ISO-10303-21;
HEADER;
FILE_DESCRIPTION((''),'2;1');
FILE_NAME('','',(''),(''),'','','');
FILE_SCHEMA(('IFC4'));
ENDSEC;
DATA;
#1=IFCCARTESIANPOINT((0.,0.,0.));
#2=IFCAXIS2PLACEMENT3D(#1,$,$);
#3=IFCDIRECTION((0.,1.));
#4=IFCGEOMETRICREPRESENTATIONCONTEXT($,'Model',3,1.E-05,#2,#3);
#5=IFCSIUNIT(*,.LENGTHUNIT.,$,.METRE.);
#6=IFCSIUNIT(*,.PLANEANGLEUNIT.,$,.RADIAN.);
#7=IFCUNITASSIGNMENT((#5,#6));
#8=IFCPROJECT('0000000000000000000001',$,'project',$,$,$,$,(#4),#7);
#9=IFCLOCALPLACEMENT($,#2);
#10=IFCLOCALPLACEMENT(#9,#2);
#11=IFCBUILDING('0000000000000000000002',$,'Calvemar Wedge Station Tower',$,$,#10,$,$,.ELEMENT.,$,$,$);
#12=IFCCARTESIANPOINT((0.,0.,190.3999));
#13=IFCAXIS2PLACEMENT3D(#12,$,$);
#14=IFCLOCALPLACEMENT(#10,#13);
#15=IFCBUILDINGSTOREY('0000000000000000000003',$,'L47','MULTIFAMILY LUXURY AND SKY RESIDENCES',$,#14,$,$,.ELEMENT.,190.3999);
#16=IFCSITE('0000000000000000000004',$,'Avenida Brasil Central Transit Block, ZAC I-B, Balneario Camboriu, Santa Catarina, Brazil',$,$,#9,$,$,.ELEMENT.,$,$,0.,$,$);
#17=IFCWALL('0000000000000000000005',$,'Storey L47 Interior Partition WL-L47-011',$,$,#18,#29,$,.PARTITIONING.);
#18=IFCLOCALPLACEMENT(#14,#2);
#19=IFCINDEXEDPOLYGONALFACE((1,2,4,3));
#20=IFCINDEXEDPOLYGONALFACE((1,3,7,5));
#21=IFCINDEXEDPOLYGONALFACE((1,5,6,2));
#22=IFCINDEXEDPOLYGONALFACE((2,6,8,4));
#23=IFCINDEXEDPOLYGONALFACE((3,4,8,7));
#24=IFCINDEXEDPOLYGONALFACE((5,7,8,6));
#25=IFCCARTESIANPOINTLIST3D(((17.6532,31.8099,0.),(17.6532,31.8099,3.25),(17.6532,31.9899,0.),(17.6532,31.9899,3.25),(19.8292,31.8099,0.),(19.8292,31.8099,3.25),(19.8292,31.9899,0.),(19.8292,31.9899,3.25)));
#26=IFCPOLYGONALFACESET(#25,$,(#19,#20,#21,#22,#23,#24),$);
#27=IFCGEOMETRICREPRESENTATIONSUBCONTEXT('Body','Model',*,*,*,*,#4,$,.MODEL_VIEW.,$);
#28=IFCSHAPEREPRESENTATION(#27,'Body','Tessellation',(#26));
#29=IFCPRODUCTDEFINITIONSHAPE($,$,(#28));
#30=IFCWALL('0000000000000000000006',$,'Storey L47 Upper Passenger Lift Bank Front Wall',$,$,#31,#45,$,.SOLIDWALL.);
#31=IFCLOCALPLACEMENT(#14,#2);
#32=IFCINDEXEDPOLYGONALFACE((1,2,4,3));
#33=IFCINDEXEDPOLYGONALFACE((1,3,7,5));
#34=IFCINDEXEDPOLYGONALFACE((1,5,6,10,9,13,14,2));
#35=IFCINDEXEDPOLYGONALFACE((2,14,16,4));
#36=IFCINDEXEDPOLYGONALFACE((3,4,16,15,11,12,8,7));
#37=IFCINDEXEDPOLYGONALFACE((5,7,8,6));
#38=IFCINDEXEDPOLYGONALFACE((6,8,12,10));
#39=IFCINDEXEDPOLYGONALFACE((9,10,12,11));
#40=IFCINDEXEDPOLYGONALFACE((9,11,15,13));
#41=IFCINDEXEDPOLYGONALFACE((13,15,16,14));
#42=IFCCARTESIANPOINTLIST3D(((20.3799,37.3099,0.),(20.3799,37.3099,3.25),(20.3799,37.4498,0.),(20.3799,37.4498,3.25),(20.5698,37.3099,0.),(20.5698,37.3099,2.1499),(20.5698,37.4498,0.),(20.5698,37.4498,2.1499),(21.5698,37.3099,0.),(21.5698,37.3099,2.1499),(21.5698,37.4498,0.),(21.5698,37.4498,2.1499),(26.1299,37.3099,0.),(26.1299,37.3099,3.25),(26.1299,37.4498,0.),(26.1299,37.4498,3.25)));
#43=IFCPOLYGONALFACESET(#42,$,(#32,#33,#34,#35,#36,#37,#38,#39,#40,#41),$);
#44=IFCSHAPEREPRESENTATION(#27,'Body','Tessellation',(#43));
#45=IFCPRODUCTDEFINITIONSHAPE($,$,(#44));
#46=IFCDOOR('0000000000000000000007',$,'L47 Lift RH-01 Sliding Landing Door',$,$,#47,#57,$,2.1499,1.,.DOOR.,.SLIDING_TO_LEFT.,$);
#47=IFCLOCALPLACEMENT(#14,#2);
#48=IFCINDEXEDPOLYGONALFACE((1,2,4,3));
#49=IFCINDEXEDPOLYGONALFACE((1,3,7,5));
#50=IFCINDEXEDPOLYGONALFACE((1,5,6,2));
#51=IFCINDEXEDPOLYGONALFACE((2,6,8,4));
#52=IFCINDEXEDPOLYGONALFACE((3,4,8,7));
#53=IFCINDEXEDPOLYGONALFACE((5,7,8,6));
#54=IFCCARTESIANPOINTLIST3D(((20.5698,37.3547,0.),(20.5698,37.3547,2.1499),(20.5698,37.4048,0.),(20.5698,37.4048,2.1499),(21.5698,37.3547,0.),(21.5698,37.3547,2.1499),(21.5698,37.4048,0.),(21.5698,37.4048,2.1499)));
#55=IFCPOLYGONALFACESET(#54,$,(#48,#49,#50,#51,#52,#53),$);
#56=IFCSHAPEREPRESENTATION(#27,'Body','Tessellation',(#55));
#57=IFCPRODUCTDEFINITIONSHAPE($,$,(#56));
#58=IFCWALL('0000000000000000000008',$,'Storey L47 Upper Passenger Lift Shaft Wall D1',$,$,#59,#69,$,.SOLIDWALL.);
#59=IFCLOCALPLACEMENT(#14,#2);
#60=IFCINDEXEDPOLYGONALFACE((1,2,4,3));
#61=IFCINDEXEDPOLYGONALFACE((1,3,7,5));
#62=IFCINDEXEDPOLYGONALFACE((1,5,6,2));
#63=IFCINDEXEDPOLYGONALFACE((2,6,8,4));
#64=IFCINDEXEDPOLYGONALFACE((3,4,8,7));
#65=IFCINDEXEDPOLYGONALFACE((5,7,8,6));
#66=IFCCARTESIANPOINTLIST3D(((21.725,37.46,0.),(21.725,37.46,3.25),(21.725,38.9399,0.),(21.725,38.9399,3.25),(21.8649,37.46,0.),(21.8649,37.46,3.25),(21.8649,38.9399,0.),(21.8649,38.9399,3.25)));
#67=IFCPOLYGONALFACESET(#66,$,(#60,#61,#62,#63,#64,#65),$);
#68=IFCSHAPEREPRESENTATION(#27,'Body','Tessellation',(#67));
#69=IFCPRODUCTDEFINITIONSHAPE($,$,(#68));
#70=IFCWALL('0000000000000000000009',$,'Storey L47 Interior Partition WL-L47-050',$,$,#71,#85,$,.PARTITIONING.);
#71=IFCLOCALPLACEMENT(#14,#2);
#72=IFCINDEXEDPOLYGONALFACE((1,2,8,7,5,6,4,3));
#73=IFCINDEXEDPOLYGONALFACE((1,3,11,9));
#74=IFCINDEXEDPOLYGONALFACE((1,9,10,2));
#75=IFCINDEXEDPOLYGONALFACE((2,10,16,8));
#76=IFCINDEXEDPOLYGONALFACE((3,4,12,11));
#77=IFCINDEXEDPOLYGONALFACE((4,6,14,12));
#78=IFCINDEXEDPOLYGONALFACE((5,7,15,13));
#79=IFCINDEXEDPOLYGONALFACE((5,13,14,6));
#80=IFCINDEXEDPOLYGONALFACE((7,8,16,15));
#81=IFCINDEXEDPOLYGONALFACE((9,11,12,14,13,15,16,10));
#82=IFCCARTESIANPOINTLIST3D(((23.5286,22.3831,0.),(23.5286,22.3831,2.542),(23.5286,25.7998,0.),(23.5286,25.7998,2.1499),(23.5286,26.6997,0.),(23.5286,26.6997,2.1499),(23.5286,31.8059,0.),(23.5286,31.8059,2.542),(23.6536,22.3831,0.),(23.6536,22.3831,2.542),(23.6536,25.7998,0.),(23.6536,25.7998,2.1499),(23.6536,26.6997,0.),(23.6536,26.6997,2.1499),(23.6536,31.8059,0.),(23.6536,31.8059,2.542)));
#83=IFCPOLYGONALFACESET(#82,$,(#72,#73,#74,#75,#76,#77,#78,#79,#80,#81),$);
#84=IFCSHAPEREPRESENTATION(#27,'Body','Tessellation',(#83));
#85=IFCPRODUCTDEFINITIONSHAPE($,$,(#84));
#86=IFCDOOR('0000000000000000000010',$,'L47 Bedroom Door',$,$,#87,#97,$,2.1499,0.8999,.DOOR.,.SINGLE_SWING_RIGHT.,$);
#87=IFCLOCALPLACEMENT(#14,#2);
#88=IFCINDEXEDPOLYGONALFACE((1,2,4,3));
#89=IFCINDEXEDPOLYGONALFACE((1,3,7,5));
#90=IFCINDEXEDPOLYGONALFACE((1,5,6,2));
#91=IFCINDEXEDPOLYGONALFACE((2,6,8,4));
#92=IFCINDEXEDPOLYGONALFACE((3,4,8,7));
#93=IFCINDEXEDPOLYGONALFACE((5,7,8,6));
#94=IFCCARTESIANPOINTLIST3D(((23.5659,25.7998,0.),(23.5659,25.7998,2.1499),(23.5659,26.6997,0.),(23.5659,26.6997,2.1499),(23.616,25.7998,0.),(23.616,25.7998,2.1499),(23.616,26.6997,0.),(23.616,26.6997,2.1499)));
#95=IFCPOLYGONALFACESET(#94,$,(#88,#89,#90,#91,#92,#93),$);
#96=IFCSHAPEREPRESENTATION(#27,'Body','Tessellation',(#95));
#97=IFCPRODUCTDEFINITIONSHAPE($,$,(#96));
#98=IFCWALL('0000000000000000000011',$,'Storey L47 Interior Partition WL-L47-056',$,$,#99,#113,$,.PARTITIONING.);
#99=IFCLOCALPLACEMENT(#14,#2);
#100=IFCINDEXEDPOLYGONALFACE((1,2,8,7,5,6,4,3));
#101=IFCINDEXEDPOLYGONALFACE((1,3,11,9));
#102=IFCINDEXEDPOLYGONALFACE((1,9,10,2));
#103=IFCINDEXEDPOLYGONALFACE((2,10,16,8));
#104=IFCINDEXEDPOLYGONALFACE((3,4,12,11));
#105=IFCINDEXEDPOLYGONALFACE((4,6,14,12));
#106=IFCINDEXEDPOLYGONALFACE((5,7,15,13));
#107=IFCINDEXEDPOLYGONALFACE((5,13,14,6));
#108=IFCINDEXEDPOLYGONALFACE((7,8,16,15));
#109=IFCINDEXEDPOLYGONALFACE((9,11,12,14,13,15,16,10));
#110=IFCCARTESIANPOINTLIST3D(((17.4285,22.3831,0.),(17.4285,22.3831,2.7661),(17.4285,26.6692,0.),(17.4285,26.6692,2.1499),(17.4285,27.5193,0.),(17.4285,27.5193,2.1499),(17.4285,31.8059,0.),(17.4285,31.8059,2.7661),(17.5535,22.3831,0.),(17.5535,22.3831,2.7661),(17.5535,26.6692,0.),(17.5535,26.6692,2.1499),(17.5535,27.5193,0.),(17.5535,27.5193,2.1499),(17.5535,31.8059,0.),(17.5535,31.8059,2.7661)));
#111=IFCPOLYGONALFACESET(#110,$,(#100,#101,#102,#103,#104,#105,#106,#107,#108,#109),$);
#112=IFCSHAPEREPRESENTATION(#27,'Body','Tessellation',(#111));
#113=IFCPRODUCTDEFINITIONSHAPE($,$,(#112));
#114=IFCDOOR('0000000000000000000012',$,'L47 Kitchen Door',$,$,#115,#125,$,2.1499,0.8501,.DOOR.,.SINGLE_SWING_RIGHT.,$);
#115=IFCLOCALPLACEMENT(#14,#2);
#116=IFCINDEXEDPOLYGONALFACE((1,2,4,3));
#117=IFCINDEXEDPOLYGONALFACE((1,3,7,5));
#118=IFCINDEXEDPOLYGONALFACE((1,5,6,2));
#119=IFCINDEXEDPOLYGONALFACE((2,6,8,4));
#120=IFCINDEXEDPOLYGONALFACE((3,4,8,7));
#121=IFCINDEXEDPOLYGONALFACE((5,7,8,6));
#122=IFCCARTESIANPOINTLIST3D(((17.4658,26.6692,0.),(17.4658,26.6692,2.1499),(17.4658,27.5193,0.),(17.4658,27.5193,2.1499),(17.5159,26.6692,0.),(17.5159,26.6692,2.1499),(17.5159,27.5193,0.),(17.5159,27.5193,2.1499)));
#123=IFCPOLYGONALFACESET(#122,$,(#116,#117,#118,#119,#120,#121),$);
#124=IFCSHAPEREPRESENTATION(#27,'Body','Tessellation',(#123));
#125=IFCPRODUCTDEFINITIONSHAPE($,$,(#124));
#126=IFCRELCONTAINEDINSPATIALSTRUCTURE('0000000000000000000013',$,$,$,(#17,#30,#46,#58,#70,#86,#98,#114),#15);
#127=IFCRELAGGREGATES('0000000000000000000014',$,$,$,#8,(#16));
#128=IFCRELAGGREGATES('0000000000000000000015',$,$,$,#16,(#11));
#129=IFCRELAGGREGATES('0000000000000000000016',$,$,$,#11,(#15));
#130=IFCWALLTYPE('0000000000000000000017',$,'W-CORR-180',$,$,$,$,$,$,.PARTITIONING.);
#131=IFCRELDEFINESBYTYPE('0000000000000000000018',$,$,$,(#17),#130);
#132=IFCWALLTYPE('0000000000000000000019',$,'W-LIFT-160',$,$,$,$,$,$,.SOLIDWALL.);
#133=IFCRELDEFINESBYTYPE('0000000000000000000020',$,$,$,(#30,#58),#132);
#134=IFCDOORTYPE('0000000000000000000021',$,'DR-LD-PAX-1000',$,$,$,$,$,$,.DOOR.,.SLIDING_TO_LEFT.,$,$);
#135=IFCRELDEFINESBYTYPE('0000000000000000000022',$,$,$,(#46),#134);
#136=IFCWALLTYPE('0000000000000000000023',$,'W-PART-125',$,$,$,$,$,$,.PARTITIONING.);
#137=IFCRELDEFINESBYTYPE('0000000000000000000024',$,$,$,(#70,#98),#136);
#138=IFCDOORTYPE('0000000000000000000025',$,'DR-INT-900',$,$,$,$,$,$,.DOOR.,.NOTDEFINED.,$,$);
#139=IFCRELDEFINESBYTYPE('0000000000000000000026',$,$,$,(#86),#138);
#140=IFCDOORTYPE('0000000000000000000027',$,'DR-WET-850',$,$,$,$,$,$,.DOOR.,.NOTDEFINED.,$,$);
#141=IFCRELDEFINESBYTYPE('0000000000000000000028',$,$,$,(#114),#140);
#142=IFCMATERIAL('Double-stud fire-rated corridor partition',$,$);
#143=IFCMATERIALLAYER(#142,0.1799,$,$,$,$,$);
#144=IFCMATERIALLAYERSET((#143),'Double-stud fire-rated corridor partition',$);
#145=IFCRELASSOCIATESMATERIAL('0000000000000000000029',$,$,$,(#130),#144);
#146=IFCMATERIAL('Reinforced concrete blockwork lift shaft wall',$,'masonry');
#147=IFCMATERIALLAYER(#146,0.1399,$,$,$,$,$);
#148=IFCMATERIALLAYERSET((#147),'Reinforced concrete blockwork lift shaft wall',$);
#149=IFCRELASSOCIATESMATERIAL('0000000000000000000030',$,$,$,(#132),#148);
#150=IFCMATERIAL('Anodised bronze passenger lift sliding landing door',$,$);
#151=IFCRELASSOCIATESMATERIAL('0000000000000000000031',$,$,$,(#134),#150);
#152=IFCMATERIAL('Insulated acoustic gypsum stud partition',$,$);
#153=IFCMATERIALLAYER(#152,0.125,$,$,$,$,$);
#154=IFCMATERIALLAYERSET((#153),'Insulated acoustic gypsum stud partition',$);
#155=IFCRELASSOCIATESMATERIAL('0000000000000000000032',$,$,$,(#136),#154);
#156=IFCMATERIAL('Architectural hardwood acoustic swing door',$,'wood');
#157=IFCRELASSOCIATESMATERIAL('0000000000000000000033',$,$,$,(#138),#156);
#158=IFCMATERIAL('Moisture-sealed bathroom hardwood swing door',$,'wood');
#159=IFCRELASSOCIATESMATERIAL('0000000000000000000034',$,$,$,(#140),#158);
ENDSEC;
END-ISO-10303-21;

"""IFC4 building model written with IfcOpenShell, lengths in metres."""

from ifc_helpers import new_model, si_unit, direction, frame, frame_2d, origin, place, context, subcontext, project, spatial, rectangle, extrude, source, transform, mapped, material, layer, layer_set, type_object, element, fill, save


model = new_model("IFC4")

# Units and contexts
model_context = context("Model", 3, precision=1e-05, world=origin(), true_north=direction((0.0, 1.0)))
body_context = subcontext(model_context, "Body", "Model", "MODEL_VIEW")
ifc_project = project(units=[si_unit("LENGTHUNIT", "METRE"), si_unit("PLANEANGLEUNIT", "RADIAN")], contexts=[model_context])

# Site, building, storey
site_placement = place(None, origin())
site = spatial("IfcSite", under=ifc_project, at=site_placement, Name="Avenida Brasil Central Transit Block, ZAC I-B, Balneario Camboriu, Santa Catarina, Brazil", CompositionType="ELEMENT", RefElevation=0.0)
building_placement = place(site_placement, origin())
building = spatial("IfcBuilding", under=site, at=building_placement, Name="Calvemar Wedge Station Tower", CompositionType="ELEMENT")
storey_placement = place(building_placement, frame((0.0, 0.0, 190.3999)))
storey = spatial("IfcBuildingStorey", under=building, at=storey_placement, Name="L47", Description="MULTIFAMILY LUXURY AND SKY RESIDENCES", CompositionType="ELEMENT", Elevation=190.3999)

# Shared definitions
ifc_material_1 = material(Name="Double-stud fire-rated corridor partition")
ifc_layer_1 = layer(ifc_material_1, 0.1799)
ifc_layer_set_1 = layer_set([ifc_layer_1], Name="Double-stud fire-rated corridor partition")
wall_type_1 = type_object("IfcWallType", Name="W-CORR-180", PredefinedType="PARTITIONING", material=ifc_layer_set_1)

# Wall
wall_1_placement = place(storey_placement, frame((19.8291, 31.8999, 0.0), z_axis=(0.0, 0.0, 1.0), x_axis=(-1.0, 0.0, 0.0)))
element("IfcWall", 1, at=wall_1_placement, inside=storey, type_object=wall_type_1, Name="Storey L47 Interior Partition WL-L47-011", PredefinedType="PARTITIONING", context=body_context, shape_type="SweptSolid", body=[
    extrude(rectangle(XDim=2.176, YDim=0.1799, at=frame_2d((1.0879, 0.0))), origin(), (0.0, 0.0, 1.0), 3.25),
])

# Wall, opening, door
ifc_material_2 = material(Name="Reinforced concrete blockwork lift shaft wall", Category="masonry")
ifc_layer_2 = layer(ifc_material_2, 0.1399)
ifc_layer_set_2 = layer_set([ifc_layer_2], Name="Reinforced concrete blockwork lift shaft wall")
wall_type_2 = type_object("IfcWallType", Name="W-LIFT-160", PredefinedType="SOLIDWALL", material=ifc_layer_set_2)
wall_2_placement = place(storey_placement, frame((20.3799, 37.3799, 0.0), z_axis=(0.0, 0.0, 1.0), x_axis=(1.0, 0.0, 0.0)))
wall_2 = element("IfcWall", 2, at=wall_2_placement, inside=storey, type_object=wall_type_2, Name="Storey L47 Upper Passenger Lift Bank Front Wall", PredefinedType="SOLIDWALL", context=body_context, shape_type="SweptSolid", body=[
    extrude(rectangle(XDim=5.75, YDim=0.1399, at=frame_2d((2.875, 0.0))), origin(), (0.0, 0.0, 1.0), 3.25),
])
shared_shape_1 = source(origin(), body_context, "Body", "SweptSolid", [
    extrude(rectangle(XDim=1.0, YDim=2.1499, at=frame_2d((0.5, 1.075))), frame((0.0, 0.0801, 0.0), z_axis=(0.0, -1.0, 0.0), x_axis=(1.0, 0.0, 0.0)), (0.0, 0.0, 1.0), 0.1599),
])
opening_1_placement = place(wall_2_placement, frame((0.1899, 0.0, 0.0)))
opening_1 = element("IfcOpeningElement", 3, at=opening_1_placement, cuts=wall_2, PredefinedType="OPENING", context=body_context, shape_type="MappedRepresentation", body=[
    mapped(shared_shape_1, transform((0.0, 0.0, 0.0), scale=1.0)),
])
ifc_material_3 = material(Name="Anodised bronze passenger lift sliding landing door")
door_type_1 = type_object("IfcDoorType", Name="DR-LD-PAX-1000", OperationType="SLIDING_TO_LEFT", PredefinedType="DOOR", material=ifc_material_3)
shared_shape_2 = source(origin(), body_context, "Body", "SweptSolid", [
    extrude(rectangle(XDim=1.0, YDim=2.1499, at=frame_2d((0.5, 1.075))), frame((0.0, 0.0249, 0.0), z_axis=(0.0, -1.0, 0.0), x_axis=(1.0, 0.0, 0.0)), (0.0, 0.0, 1.0), 0.05),
])
door_1_placement = place(opening_1_placement, origin())
door_1 = element("IfcDoor", 4, at=door_1_placement, inside=storey, type_object=door_type_1, Name="L47 Lift RH-01 Sliding Landing Door", OperationType="SLIDING_TO_LEFT", OverallHeight=2.1499, OverallWidth=1.0, PredefinedType="DOOR", context=body_context, shape_type="MappedRepresentation", body=[
    mapped(shared_shape_2, transform((0.0, 0.0, 0.0), scale=1.0)),
])
fill(opening_1, door_1)

# Wall
wall_3_placement = place(storey_placement, frame((21.7949, 37.46, 0.0), z_axis=(0.0, 0.0, 1.0), x_axis=(0.0, 1.0, 0.0)))
element("IfcWall", 5, at=wall_3_placement, inside=storey, type_object=wall_type_2, Name="Storey L47 Upper Passenger Lift Shaft Wall D1", PredefinedType="SOLIDWALL", context=body_context, shape_type="SweptSolid", body=[
    extrude(rectangle(XDim=1.48, YDim=0.1399, at=frame_2d((0.74, 0.0))), origin(), (0.0, 0.0, 1.0), 3.25),
])

# Walls, openings, doors
ifc_material_4 = material(Name="Insulated acoustic gypsum stud partition")
ifc_layer_3 = layer(ifc_material_4, 0.125)
ifc_layer_set_3 = layer_set([ifc_layer_3], Name="Insulated acoustic gypsum stud partition")
wall_type_3 = type_object("IfcWallType", Name="W-PART-125", PredefinedType="PARTITIONING", material=ifc_layer_set_3)
wall_4_placement = place(storey_placement, frame((23.5911, 31.8059, 0.0), z_axis=(0.0, 0.0, 1.0), x_axis=(0.0, -1.0, 0.0)))
wall_4 = element("IfcWall", 6, at=wall_4_placement, inside=storey, type_object=wall_type_3, Name="Storey L47 Interior Partition WL-L47-050", PredefinedType="PARTITIONING", context=body_context, shape_type="SweptSolid", body=[
    extrude(rectangle(XDim=9.4229, YDim=0.125, at=frame_2d((4.7114, 0.0))), origin(), (0.0, 0.0, 1.0), 2.542),
])
shared_shape_3 = source(origin(), body_context, "Body", "SweptSolid", [
    extrude(rectangle(XDim=0.8999, YDim=2.1499, at=frame_2d((0.45, 1.075))), frame((0.0, 0.0725, 0.0), z_axis=(0.0, -1.0, 0.0), x_axis=(1.0, 0.0, 0.0)), (0.0, 0.0, 1.0), 0.145),
])
opening_2_placement = place(wall_4_placement, frame((5.1062, 0.0, 0.0)))
opening_2 = element("IfcOpeningElement", 7, at=opening_2_placement, cuts=wall_4, PredefinedType="OPENING", context=body_context, shape_type="MappedRepresentation", body=[
    mapped(shared_shape_3, transform((0.0, 0.0, 0.0), scale=1.0)),
])
ifc_material_5 = material(Name="Architectural hardwood acoustic swing door", Category="wood")
door_type_2 = type_object("IfcDoorType", Name="DR-INT-900", OperationType="NOTDEFINED", PredefinedType="DOOR", material=ifc_material_5)
shared_shape_4 = source(origin(), body_context, "Body", "SweptSolid", [
    extrude(rectangle(XDim=0.8999, YDim=2.1499, at=frame_2d((0.45, 1.075))), frame((0.0, 0.0249, 0.0), z_axis=(0.0, -1.0, 0.0), x_axis=(1.0, 0.0, 0.0)), (0.0, 0.0, 1.0), 0.05),
])
door_2_placement = place(opening_2_placement, origin())
door_2 = element("IfcDoor", 8, at=door_2_placement, inside=storey, type_object=door_type_2, Name="L47 Bedroom Door", OperationType="SINGLE_SWING_RIGHT", OverallHeight=2.1499, OverallWidth=0.8999, PredefinedType="DOOR", context=body_context, shape_type="MappedRepresentation", body=[
    mapped(shared_shape_4, transform((0.0, 0.0, 0.0), scale=1.0)),
])
fill(opening_2, door_2)
wall_5_placement = place(storey_placement, frame((17.491, 31.8059, 0.0), z_axis=(0.0, 0.0, 1.0), x_axis=(0.0, -1.0, 0.0)))
wall_5 = element("IfcWall", 9, at=wall_5_placement, inside=storey, type_object=wall_type_3, Name="Storey L47 Interior Partition WL-L47-056", PredefinedType="PARTITIONING", context=body_context, shape_type="SweptSolid", body=[
    extrude(rectangle(XDim=9.4229, YDim=0.125, at=frame_2d((4.7114, 0.0))), origin(), (0.0, 0.0, 1.0), 2.7661),
])
shared_shape_5 = source(origin(), body_context, "Body", "SweptSolid", [
    extrude(rectangle(XDim=0.8501, YDim=2.1499, at=frame_2d((0.425, 1.075))), frame((0.0, 0.0725, 0.0), z_axis=(0.0, -1.0, 0.0), x_axis=(1.0, 0.0, 0.0)), (0.0, 0.0, 1.0), 0.145),
])
opening_3_placement = place(wall_5_placement, frame((4.2866, 0.0, 0.0)))
opening_3 = element("IfcOpeningElement", 10, at=opening_3_placement, cuts=wall_5, PredefinedType="OPENING", context=body_context, shape_type="MappedRepresentation", body=[
    mapped(shared_shape_5, transform((0.0, 0.0, 0.0), scale=1.0)),
])
ifc_material_6 = material(Name="Moisture-sealed bathroom hardwood swing door", Category="wood")
door_type_3 = type_object("IfcDoorType", Name="DR-WET-850", OperationType="NOTDEFINED", PredefinedType="DOOR", material=ifc_material_6)
shared_shape_6 = source(origin(), body_context, "Body", "SweptSolid", [
    extrude(rectangle(XDim=0.8501, YDim=2.1499, at=frame_2d((0.425, 1.075))), frame((0.0, 0.0249, 0.0), z_axis=(0.0, -1.0, 0.0), x_axis=(1.0, 0.0, 0.0)), (0.0, 0.0, 1.0), 0.05),
])
door_3_placement = place(opening_3_placement, origin())
door_3 = element("IfcDoor", 11, at=door_3_placement, inside=storey, type_object=door_type_3, Name="L47 Kitchen Door", OperationType="SINGLE_SWING_RIGHT", OverallHeight=2.1499, OverallWidth=0.8501, PredefinedType="DOOR", context=body_context, shape_type="MappedRepresentation", body=[
    mapped(shared_shape_6, transform((0.0, 0.0, 0.0), scale=1.0)),
])
fill(opening_3, door_3)

save(model, "model.ifc")
